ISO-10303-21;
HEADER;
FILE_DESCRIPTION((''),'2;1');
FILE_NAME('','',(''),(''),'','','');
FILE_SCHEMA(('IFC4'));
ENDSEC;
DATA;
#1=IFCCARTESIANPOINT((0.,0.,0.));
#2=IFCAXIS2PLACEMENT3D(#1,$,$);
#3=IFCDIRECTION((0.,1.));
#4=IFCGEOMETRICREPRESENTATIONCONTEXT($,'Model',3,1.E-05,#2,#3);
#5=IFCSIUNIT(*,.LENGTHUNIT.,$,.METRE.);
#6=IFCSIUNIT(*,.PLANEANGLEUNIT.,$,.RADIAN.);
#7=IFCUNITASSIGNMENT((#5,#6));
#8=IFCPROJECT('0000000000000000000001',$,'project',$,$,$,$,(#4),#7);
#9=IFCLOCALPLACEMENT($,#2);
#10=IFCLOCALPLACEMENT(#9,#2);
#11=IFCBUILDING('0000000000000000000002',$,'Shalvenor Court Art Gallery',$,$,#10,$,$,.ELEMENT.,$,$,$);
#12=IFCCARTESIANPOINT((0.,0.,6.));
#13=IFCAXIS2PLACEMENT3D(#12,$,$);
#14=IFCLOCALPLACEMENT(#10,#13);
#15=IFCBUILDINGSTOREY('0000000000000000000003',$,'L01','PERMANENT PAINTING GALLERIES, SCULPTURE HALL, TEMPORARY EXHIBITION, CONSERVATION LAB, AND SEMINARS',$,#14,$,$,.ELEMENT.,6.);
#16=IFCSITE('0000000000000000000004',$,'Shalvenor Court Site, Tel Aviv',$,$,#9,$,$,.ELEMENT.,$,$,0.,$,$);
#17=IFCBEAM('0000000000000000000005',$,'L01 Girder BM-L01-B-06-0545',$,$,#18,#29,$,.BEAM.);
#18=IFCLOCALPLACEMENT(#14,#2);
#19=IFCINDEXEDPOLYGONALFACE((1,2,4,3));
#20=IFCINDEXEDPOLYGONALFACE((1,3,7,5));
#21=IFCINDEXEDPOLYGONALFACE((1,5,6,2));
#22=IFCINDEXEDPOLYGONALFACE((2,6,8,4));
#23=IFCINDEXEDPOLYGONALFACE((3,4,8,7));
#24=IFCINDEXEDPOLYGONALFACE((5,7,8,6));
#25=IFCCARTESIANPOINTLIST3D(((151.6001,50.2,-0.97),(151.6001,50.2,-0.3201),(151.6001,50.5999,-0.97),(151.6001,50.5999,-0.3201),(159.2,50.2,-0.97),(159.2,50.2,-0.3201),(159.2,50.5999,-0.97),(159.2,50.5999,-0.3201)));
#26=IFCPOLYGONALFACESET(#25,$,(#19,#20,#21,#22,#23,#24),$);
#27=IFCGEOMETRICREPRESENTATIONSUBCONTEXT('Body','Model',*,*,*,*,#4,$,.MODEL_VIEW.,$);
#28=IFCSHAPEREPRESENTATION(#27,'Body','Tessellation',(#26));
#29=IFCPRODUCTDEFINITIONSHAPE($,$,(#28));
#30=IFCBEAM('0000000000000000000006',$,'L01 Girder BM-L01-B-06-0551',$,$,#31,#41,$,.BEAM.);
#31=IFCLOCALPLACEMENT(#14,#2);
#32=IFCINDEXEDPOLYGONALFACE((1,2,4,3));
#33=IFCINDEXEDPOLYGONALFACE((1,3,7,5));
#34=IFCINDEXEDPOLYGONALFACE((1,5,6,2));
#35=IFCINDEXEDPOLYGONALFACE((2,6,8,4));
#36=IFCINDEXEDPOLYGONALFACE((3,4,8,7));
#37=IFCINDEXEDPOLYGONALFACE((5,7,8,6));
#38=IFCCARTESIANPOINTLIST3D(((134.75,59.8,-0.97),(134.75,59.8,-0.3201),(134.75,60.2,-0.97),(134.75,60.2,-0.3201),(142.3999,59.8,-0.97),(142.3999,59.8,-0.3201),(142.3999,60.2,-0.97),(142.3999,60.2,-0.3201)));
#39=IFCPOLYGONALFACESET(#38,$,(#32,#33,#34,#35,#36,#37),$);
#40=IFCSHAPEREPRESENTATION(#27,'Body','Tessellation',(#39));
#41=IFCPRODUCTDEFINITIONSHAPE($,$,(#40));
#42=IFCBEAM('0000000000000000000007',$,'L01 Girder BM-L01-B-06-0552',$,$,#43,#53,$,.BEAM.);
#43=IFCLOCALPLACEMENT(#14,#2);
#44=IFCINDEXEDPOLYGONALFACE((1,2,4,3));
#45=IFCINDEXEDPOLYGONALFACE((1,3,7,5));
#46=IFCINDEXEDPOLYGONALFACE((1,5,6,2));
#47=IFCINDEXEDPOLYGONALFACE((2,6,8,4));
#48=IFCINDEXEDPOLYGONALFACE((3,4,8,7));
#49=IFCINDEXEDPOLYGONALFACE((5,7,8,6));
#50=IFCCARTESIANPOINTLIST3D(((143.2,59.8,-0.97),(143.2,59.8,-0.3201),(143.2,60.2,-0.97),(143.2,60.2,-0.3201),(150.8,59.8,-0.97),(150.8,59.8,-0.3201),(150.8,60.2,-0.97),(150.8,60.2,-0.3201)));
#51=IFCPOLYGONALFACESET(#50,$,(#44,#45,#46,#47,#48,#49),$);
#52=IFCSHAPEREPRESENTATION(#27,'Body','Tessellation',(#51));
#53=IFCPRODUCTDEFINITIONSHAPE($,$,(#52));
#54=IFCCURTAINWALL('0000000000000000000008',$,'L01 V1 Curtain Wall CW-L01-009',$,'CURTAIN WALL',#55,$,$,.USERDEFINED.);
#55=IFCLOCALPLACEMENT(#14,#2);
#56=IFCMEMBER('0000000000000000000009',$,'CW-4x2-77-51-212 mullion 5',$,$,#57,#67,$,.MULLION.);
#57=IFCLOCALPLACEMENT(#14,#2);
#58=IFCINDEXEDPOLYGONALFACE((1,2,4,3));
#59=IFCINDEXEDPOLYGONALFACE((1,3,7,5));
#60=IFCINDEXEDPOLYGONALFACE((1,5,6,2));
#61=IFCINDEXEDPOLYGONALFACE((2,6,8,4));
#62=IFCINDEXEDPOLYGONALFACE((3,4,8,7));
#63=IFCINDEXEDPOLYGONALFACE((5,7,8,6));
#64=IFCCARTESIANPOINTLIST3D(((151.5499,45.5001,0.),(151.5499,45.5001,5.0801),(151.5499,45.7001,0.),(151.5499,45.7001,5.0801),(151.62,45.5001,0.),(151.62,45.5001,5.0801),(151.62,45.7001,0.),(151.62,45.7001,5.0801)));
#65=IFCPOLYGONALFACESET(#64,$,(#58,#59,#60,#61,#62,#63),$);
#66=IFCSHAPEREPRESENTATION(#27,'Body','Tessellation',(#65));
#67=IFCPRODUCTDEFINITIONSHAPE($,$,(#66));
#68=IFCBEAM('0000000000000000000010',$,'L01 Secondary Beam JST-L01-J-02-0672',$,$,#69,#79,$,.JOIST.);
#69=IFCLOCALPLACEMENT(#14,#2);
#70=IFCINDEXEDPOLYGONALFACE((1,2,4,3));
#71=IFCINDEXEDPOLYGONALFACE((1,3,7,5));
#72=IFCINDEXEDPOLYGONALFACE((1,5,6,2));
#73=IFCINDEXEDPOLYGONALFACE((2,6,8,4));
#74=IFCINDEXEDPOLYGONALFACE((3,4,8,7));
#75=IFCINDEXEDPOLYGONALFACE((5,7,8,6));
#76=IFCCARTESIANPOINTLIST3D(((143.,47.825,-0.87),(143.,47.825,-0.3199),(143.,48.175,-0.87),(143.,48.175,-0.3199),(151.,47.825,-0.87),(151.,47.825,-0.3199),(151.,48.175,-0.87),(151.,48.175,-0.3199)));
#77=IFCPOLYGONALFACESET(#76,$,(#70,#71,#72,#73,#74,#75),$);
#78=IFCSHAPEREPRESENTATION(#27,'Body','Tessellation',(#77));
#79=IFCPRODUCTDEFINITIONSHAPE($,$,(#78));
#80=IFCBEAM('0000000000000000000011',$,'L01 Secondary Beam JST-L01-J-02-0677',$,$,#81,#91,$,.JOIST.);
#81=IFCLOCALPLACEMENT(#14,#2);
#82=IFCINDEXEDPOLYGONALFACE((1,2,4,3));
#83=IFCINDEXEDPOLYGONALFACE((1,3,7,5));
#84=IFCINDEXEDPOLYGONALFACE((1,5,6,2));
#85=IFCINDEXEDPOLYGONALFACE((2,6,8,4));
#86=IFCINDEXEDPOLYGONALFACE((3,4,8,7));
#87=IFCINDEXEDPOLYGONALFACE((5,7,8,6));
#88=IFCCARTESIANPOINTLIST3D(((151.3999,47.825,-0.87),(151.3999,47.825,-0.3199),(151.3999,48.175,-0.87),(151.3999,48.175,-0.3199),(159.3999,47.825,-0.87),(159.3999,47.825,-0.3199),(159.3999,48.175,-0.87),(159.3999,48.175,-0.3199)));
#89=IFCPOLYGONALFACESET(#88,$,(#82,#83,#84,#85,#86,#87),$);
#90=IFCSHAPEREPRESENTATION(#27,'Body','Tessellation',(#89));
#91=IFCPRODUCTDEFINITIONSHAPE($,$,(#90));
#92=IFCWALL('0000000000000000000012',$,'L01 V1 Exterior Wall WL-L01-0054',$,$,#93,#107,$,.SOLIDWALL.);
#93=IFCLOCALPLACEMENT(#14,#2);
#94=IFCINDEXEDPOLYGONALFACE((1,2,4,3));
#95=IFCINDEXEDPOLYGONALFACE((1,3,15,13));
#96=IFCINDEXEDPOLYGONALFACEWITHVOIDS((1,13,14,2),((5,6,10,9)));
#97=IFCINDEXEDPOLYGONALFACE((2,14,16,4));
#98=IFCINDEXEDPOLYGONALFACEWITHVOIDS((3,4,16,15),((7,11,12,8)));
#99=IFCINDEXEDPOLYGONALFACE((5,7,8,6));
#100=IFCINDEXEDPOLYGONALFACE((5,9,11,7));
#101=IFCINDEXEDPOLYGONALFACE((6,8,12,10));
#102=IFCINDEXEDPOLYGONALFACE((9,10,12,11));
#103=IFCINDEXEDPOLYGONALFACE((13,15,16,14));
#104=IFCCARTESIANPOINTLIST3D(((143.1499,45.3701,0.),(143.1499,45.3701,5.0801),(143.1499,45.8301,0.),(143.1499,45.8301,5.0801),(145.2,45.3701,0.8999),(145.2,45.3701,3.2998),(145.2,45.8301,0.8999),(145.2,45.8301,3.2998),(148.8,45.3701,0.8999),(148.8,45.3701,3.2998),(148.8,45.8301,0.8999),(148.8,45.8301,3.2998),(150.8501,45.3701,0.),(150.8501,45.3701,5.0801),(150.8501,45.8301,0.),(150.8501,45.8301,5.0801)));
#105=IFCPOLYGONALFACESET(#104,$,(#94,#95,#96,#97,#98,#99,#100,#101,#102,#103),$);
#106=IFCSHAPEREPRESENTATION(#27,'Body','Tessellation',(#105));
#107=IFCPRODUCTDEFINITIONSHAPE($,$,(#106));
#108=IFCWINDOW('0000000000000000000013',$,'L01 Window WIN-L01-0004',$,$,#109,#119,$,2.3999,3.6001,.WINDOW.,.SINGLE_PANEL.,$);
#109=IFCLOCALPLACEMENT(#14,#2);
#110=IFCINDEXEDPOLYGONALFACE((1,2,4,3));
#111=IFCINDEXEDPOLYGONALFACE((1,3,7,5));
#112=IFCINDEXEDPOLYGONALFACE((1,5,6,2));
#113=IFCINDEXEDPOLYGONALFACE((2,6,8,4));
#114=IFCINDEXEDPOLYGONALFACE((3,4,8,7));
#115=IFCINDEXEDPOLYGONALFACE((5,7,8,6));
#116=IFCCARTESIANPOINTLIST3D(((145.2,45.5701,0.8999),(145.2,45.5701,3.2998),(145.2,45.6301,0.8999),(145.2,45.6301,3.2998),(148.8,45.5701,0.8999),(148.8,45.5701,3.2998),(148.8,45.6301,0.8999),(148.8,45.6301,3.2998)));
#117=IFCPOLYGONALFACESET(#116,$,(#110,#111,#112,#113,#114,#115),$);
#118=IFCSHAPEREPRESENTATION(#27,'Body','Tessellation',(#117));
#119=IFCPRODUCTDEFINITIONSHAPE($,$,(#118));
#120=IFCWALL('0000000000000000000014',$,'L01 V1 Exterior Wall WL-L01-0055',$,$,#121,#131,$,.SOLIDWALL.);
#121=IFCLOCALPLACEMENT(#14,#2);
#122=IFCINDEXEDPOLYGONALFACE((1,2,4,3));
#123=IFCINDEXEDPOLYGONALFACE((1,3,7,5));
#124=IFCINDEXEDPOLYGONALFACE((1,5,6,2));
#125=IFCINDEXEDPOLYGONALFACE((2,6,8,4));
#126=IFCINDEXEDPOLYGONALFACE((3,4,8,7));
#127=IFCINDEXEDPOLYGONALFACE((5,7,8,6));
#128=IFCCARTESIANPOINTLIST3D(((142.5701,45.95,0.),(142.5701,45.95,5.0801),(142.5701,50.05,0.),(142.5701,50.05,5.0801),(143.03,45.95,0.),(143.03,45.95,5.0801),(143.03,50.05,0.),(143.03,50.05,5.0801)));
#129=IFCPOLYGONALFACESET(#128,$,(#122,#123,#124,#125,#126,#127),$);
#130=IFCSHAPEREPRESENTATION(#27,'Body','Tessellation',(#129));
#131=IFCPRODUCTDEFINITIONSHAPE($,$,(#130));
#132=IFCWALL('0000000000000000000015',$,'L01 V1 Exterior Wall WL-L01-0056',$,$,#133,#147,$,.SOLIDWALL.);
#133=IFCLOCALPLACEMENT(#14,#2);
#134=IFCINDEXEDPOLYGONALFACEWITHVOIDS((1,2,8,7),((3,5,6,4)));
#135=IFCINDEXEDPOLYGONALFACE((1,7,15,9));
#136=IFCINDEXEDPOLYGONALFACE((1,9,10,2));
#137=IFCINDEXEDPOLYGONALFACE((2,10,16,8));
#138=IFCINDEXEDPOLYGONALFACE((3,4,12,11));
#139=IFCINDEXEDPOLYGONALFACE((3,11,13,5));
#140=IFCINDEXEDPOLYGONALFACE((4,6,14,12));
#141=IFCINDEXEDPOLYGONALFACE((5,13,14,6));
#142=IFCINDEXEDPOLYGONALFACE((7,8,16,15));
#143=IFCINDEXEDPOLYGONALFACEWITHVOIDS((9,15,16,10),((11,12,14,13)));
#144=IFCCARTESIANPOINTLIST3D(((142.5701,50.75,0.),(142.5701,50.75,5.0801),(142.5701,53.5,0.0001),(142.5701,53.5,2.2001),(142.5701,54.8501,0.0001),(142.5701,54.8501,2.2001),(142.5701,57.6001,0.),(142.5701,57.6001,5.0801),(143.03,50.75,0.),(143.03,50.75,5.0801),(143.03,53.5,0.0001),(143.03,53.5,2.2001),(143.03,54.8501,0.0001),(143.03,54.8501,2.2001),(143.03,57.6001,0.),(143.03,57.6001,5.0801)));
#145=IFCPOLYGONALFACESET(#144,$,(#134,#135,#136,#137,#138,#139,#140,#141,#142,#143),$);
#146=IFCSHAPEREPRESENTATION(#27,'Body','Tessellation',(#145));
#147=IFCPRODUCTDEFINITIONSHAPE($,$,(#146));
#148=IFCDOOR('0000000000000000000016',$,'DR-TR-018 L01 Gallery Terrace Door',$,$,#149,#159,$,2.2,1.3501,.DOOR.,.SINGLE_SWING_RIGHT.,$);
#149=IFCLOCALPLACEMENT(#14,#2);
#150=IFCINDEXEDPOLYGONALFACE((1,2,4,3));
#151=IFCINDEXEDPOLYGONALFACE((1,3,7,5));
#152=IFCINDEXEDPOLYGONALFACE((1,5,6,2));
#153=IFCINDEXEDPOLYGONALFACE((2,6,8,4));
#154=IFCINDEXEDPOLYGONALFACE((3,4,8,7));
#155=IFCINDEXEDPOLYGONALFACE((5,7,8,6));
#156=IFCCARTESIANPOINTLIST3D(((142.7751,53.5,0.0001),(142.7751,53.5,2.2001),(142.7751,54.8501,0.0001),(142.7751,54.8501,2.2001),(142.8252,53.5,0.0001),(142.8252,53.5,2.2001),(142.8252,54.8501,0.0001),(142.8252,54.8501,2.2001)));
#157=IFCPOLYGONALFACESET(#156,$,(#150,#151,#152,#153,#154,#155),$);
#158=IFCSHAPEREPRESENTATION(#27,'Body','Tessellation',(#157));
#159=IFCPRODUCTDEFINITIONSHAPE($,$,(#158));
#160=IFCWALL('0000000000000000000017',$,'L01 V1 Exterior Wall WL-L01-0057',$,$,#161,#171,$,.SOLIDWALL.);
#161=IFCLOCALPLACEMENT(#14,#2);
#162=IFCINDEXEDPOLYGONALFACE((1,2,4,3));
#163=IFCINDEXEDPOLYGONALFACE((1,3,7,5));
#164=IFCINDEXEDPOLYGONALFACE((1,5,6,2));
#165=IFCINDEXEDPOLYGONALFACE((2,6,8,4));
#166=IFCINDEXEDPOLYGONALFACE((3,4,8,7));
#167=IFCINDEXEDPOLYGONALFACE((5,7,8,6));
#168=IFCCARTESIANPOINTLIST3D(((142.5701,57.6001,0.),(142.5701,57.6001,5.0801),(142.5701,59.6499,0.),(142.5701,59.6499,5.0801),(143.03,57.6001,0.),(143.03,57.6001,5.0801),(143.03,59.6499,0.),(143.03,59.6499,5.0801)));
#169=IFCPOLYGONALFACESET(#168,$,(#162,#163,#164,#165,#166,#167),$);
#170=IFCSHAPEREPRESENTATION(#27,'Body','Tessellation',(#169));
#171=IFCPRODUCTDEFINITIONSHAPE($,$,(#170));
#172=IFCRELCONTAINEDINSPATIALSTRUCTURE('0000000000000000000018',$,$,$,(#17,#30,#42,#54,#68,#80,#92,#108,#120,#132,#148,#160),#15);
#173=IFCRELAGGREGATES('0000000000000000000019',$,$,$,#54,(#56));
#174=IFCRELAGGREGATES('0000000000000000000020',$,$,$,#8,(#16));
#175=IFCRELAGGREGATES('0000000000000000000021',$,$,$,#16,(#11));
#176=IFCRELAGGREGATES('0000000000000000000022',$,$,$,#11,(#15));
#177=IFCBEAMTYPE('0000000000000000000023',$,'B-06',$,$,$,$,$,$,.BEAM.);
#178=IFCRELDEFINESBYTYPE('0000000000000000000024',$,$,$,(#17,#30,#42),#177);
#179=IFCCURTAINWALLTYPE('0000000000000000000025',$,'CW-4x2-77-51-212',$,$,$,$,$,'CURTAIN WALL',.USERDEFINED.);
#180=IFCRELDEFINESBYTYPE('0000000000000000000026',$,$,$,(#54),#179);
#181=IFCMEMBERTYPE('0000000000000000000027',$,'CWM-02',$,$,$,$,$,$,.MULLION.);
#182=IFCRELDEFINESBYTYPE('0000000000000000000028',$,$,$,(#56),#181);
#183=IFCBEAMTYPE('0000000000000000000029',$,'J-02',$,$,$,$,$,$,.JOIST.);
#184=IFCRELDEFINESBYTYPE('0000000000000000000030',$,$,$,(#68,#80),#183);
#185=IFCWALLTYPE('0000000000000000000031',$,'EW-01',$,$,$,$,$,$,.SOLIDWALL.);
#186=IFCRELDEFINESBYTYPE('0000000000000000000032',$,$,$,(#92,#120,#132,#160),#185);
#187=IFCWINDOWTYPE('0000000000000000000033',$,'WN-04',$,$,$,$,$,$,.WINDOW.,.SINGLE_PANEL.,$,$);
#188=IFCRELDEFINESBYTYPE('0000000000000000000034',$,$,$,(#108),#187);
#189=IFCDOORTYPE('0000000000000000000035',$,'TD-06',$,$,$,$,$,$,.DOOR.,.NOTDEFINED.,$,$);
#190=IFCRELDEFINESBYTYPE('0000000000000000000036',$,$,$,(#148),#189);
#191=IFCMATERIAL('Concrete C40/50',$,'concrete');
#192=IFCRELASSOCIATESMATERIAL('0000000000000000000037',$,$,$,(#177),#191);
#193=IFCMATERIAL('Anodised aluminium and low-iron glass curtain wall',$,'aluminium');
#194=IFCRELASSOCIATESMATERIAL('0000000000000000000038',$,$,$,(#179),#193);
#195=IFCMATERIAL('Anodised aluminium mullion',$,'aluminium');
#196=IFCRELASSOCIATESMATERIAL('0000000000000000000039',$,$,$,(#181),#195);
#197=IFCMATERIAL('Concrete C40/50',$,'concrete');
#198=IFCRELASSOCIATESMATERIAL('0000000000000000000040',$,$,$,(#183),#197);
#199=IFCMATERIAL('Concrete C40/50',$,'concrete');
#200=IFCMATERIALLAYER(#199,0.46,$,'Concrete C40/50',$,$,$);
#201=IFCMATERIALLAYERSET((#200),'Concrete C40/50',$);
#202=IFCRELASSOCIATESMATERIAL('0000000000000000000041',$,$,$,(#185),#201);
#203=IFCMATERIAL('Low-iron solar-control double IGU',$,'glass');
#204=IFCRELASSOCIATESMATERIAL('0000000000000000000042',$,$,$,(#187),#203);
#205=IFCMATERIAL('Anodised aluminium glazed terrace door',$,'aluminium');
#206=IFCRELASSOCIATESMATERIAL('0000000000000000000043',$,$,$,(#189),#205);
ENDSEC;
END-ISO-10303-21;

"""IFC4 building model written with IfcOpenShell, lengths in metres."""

from ifc_helpers import new_model, si_unit, direction, frame, frame_2d, origin, origin_2d, place, context, subcontext, project, spatial, rectangle, extrude, material, layer, layer_set, material_profile, profile_set, type_object, element, fill, aggregate, save


model = new_model("IFC4")

# Units and contexts
model_context = context("Model", 3, precision=1e-05, world=origin(), true_north=direction((0.0, 1.0)))
body_context = subcontext(model_context, "Body", "Model", "MODEL_VIEW")
ifc_project = project(units=[si_unit("LENGTHUNIT", "METRE"), si_unit("PLANEANGLEUNIT", "RADIAN")], contexts=[model_context])

# Site, building, storey
site_placement = place(None, origin())
site = spatial("IfcSite", under=ifc_project, at=site_placement, Name="Shalvenor Court Site, Tel Aviv", CompositionType="ELEMENT", RefElevation=0.0)
building_placement = place(site_placement, origin())
building = spatial("IfcBuilding", under=site, at=building_placement, Name="Shalvenor Court Art Gallery", CompositionType="ELEMENT")
storey_placement = place(building_placement, frame((0.0, 0.0, 6.0)))
storey = spatial("IfcBuildingStorey", under=building, at=storey_placement, Name="L01", Description="PERMANENT PAINTING GALLERIES, SCULPTURE HALL, TEMPORARY EXHIBITION, CONSERVATION LAB, AND SEMINARS", CompositionType="ELEMENT", Elevation=6.0)

# Beams
ifc_material_1 = material(Name="Concrete C40/50", Category="concrete")
ifc_material_profile_1 = material_profile(ifc_material_1, rectangle(XDim=0.3999, YDim=0.6499, at=origin_2d()), Name="RC 400x650")
ifc_profile_set_1 = profile_set([ifc_material_profile_1], Name="Concrete C40/50")
beam_type_1 = type_object("IfcBeamType", Name="B-06", PredefinedType="BEAM", material=ifc_profile_set_1)
beam_1_placement = place(storey_placement, frame((151.6001, 50.3999, -0.645), z_axis=(1.0, 0.0, 0.0), x_axis=(0.0, 1.0, 0.0)))
element("IfcBeam", 1, at=beam_1_placement, inside=storey, type_object=beam_type_1, Name="L01 Girder BM-L01-B-06-0545", PredefinedType="BEAM", context=body_context, shape_type="SweptSolid", body=[
    extrude(rectangle(XDim=0.3999, YDim=0.6499, at=origin_2d()), origin(), (0.0, 0.0, 1.0), 7.5999),
])
beam_2_placement = place(storey_placement, frame((134.75, 60.0, -0.645), z_axis=(1.0, 0.0, 0.0), x_axis=(0.0, 1.0, 0.0)))
element("IfcBeam", 2, at=beam_2_placement, inside=storey, type_object=beam_type_1, Name="L01 Girder BM-L01-B-06-0551", PredefinedType="BEAM", context=body_context, shape_type="SweptSolid", body=[
    extrude(rectangle(XDim=0.3999, YDim=0.6499, at=origin_2d()), origin(), (0.0, 0.0, 1.0), 7.6499),
])
beam_3_placement = place(storey_placement, frame((143.2, 60.0, -0.645), z_axis=(1.0, 0.0, 0.0), x_axis=(0.0, 1.0, 0.0)))
element("IfcBeam", 3, at=beam_3_placement, inside=storey, type_object=beam_type_1, Name="L01 Girder BM-L01-B-06-0552", PredefinedType="BEAM", context=body_context, shape_type="SweptSolid", body=[
    extrude(rectangle(XDim=0.3999, YDim=0.6499, at=origin_2d()), origin(), (0.0, 0.0, 1.0), 7.6001),
])

# Curtain wall, member
ifc_material_2 = material(Name="Anodised aluminium and low-iron glass curtain wall", Category="aluminium")
curtain_wall_type = type_object("IfcCurtainWallType", Name="CW-4x2-77-51-212", ElementType="CURTAIN WALL", PredefinedType="USERDEFINED", material=ifc_material_2)
curtain_wall_placement = place(storey_placement, origin())
curtain_wall = element("IfcCurtainWall", 4, at=curtain_wall_placement, inside=storey, type_object=curtain_wall_type, Name="L01 V1 Curtain Wall CW-L01-009", ObjectType="CURTAIN WALL", PredefinedType="USERDEFINED")
ifc_material_3 = material(Name="Anodised aluminium mullion", Category="aluminium")
ifc_material_profile_2 = material_profile(ifc_material_3, rectangle(XDim=0.0701, YDim=0.2, at=origin_2d()), Name="CWM-02")
ifc_profile_set_2 = profile_set([ifc_material_profile_2], Name="Anodised aluminium mullion")
member_type = type_object("IfcMemberType", Name="CWM-02", PredefinedType="MULLION", material=ifc_profile_set_2)
member_placement = place(storey_placement, frame((151.585, 45.6001, 0.0), z_axis=(0.0, 0.0, 1.0), x_axis=(-1.0, 0.0, 0.0)))
member = element("IfcMember", 5, at=member_placement, type_object=member_type, Name="CW-4x2-77-51-212 mullion 5", PredefinedType="MULLION", context=body_context, shape_type="SweptSolid", body=[
    extrude(rectangle(XDim=0.0701, YDim=0.2, at=origin_2d()), origin(), (0.0, 0.0, 1.0), 5.0801),
])
aggregate(curtain_wall, [member])

# Beams
ifc_material_4 = material(Name="Concrete C40/50", Category="concrete")
ifc_material_profile_3 = material_profile(ifc_material_4, rectangle(XDim=0.3501, YDim=0.55, at=origin_2d()), Name="RC 350x550")
ifc_profile_set_3 = profile_set([ifc_material_profile_3], Name="Concrete C40/50")
beam_type_2 = type_object("IfcBeamType", Name="J-02", PredefinedType="JOIST", material=ifc_profile_set_3)
for number, where, z_axis, x_axis, name in (
    (6, (143.0, 48.0, -0.595), (1.0, 0.0, 0.0), (0.0, 1.0, 0.0), "L01 Secondary Beam JST-L01-J-02-0672"),
    (7, (151.3999, 48.0, -0.595), (1.0, 0.0, 0.0), (0.0, 1.0, 0.0), "L01 Secondary Beam JST-L01-J-02-0677"),
):
    element("IfcBeam", number, at=place(storey_placement, frame(where, z_axis=z_axis, x_axis=x_axis)), inside=storey, type_object=beam_type_2, Name=name, PredefinedType="JOIST", context=body_context, shape_type="SweptSolid", body=[
        extrude(rectangle(XDim=0.3501, YDim=0.55, at=origin_2d()), origin(), (0.0, 0.0, 1.0), 8.0),
    ])

# Wall, opening, window
ifc_material_5 = material(Name="Concrete C40/50", Category="concrete")
ifc_layer_1 = layer(ifc_material_5, 0.46, Name="Concrete C40/50")
ifc_layer_set_1 = layer_set([ifc_layer_1], Name="Concrete C40/50")
wall_type_1 = type_object("IfcWallType", Name="EW-01", PredefinedType="SOLIDWALL", material=ifc_layer_set_1)
wall_1_placement = place(storey_placement, frame((150.8501, 45.6001, 0.0), z_axis=(0.0, 0.0, 1.0), x_axis=(-1.0, 0.0, 0.0)))
wall_1 = element("IfcWall", 8, at=wall_1_placement, inside=storey, type_object=wall_type_1, Name="L01 V1 Exterior Wall WL-L01-0054", PredefinedType="SOLIDWALL", context=body_context, shape_type="SweptSolid", body=[
    extrude(rectangle(XDim=7.7002, YDim=0.46, at=frame_2d((3.8501, 0.0))), origin(), (0.0, 0.0, 1.0), 5.0801),
])
opening_1_placement = place(wall_1_placement, frame((2.05, 0.0, 0.8999)))
opening_1 = element("IfcOpeningElement", 9, at=opening_1_placement, cuts=wall_1, PredefinedType="OPENING", context=body_context, shape_type="SweptSolid", body=[
    extrude(rectangle(XDim=3.6001, YDim=2.3999, at=frame_2d((1.8, 1.2))), frame((0.0, 0.24, 0.0), z_axis=(0.0, -1.0, 0.0), x_axis=(1.0, 0.0, 0.0)), (0.0, 0.0, 1.0), 0.48),
])
ifc_material_6 = material(Name="Low-iron solar-control double IGU", Category="glass")
window_type = type_object("IfcWindowType", Name="WN-04", PartitioningType="SINGLE_PANEL", PredefinedType="WINDOW", material=ifc_material_6)
window_placement = place(opening_1_placement, origin())
window = element("IfcWindow", 10, at=window_placement, inside=storey, type_object=window_type, Name="L01 Window WIN-L01-0004", OverallHeight=2.3999, OverallWidth=3.6001, PartitioningType="SINGLE_PANEL", PredefinedType="WINDOW", context=body_context, shape_type="SweptSolid", body=[
    extrude(rectangle(XDim=3.6001, YDim=2.3999, at=frame_2d((1.8, 1.2))), frame((0.0, 0.03, 0.0), z_axis=(0.0, -1.0, 0.0), x_axis=(1.0, 0.0, 0.0)), (0.0, 0.0, 1.0), 0.0601),
])
fill(opening_1, window)

# Wall
wall_2_placement = place(storey_placement, frame((142.8, 45.95, 0.0), z_axis=(0.0, 0.0, 1.0), x_axis=(0.0, 1.0, 0.0)))
element("IfcWall", 11, at=wall_2_placement, inside=storey, type_object=wall_type_1, Name="L01 V1 Exterior Wall WL-L01-0055", PredefinedType="SOLIDWALL", context=body_context, shape_type="SweptSolid", body=[
    extrude(rectangle(XDim=4.1001, YDim=0.46, at=frame_2d((2.05, 0.0))), origin(), (0.0, 0.0, 1.0), 5.0801),
])

# Wall, opening, door
wall_3_placement = place(storey_placement, frame((142.8, 50.75, 0.0), z_axis=(0.0, 0.0, 1.0), x_axis=(0.0, 1.0, 0.0)))
wall_3 = element("IfcWall", 12, at=wall_3_placement, inside=storey, type_object=wall_type_1, Name="L01 V1 Exterior Wall WL-L01-0056", PredefinedType="SOLIDWALL", context=body_context, shape_type="SweptSolid", body=[
    extrude(rectangle(XDim=6.8501, YDim=0.46, at=frame_2d((3.425, 0.0))), origin(), (0.0, 0.0, 1.0), 5.0801),
])
opening_2_placement = place(wall_3_placement, frame((2.75, 0.0, 0.0)))
opening_2 = element("IfcOpeningElement", 13, at=opening_2_placement, cuts=wall_3, PredefinedType="OPENING", context=body_context, shape_type="SweptSolid", body=[
    extrude(rectangle(XDim=1.3501, YDim=2.2, at=frame_2d((0.675, 1.1001))), frame((0.0, 0.24, 0.0), z_axis=(0.0, -1.0, 0.0), x_axis=(1.0, 0.0, 0.0)), (0.0, 0.0, 1.0), 0.48),
])
ifc_material_7 = material(Name="Anodised aluminium glazed terrace door", Category="aluminium")
door_type_1 = type_object("IfcDoorType", Name="TD-06", OperationType="NOTDEFINED", PredefinedType="DOOR", material=ifc_material_7)
door_1_placement = place(opening_2_placement, origin())
door_1 = element("IfcDoor", 14, at=door_1_placement, inside=storey, type_object=door_type_1, Name="DR-TR-018 L01 Gallery Terrace Door", OperationType="SINGLE_SWING_RIGHT", OverallHeight=2.2, OverallWidth=1.3501, PredefinedType="DOOR", context=body_context, shape_type="SweptSolid", body=[
    extrude(rectangle(XDim=1.3501, YDim=2.2, at=frame_2d((0.675, 1.1001))), frame((0.0, 0.0249, 0.0), z_axis=(0.0, -1.0, 0.0), x_axis=(1.0, 0.0, 0.0)), (0.0, 0.0, 1.0), 0.05),
])
fill(opening_2, door_1)

# Wall
wall_4_placement = place(storey_placement, frame((142.8, 57.6001, 0.0), z_axis=(0.0, 0.0, 1.0), x_axis=(0.0, 1.0, 0.0)))
element("IfcWall", 15, at=wall_4_placement, inside=storey, type_object=wall_type_1, Name="L01 V1 Exterior Wall WL-L01-0057", PredefinedType="SOLIDWALL", context=body_context, shape_type="SweptSolid", body=[
    extrude(rectangle(XDim=2.0498, YDim=0.46, at=frame_2d((1.0249, 0.0))), origin(), (0.0, 0.0, 1.0), 5.0801),
])

save(model, "model.ifc")
